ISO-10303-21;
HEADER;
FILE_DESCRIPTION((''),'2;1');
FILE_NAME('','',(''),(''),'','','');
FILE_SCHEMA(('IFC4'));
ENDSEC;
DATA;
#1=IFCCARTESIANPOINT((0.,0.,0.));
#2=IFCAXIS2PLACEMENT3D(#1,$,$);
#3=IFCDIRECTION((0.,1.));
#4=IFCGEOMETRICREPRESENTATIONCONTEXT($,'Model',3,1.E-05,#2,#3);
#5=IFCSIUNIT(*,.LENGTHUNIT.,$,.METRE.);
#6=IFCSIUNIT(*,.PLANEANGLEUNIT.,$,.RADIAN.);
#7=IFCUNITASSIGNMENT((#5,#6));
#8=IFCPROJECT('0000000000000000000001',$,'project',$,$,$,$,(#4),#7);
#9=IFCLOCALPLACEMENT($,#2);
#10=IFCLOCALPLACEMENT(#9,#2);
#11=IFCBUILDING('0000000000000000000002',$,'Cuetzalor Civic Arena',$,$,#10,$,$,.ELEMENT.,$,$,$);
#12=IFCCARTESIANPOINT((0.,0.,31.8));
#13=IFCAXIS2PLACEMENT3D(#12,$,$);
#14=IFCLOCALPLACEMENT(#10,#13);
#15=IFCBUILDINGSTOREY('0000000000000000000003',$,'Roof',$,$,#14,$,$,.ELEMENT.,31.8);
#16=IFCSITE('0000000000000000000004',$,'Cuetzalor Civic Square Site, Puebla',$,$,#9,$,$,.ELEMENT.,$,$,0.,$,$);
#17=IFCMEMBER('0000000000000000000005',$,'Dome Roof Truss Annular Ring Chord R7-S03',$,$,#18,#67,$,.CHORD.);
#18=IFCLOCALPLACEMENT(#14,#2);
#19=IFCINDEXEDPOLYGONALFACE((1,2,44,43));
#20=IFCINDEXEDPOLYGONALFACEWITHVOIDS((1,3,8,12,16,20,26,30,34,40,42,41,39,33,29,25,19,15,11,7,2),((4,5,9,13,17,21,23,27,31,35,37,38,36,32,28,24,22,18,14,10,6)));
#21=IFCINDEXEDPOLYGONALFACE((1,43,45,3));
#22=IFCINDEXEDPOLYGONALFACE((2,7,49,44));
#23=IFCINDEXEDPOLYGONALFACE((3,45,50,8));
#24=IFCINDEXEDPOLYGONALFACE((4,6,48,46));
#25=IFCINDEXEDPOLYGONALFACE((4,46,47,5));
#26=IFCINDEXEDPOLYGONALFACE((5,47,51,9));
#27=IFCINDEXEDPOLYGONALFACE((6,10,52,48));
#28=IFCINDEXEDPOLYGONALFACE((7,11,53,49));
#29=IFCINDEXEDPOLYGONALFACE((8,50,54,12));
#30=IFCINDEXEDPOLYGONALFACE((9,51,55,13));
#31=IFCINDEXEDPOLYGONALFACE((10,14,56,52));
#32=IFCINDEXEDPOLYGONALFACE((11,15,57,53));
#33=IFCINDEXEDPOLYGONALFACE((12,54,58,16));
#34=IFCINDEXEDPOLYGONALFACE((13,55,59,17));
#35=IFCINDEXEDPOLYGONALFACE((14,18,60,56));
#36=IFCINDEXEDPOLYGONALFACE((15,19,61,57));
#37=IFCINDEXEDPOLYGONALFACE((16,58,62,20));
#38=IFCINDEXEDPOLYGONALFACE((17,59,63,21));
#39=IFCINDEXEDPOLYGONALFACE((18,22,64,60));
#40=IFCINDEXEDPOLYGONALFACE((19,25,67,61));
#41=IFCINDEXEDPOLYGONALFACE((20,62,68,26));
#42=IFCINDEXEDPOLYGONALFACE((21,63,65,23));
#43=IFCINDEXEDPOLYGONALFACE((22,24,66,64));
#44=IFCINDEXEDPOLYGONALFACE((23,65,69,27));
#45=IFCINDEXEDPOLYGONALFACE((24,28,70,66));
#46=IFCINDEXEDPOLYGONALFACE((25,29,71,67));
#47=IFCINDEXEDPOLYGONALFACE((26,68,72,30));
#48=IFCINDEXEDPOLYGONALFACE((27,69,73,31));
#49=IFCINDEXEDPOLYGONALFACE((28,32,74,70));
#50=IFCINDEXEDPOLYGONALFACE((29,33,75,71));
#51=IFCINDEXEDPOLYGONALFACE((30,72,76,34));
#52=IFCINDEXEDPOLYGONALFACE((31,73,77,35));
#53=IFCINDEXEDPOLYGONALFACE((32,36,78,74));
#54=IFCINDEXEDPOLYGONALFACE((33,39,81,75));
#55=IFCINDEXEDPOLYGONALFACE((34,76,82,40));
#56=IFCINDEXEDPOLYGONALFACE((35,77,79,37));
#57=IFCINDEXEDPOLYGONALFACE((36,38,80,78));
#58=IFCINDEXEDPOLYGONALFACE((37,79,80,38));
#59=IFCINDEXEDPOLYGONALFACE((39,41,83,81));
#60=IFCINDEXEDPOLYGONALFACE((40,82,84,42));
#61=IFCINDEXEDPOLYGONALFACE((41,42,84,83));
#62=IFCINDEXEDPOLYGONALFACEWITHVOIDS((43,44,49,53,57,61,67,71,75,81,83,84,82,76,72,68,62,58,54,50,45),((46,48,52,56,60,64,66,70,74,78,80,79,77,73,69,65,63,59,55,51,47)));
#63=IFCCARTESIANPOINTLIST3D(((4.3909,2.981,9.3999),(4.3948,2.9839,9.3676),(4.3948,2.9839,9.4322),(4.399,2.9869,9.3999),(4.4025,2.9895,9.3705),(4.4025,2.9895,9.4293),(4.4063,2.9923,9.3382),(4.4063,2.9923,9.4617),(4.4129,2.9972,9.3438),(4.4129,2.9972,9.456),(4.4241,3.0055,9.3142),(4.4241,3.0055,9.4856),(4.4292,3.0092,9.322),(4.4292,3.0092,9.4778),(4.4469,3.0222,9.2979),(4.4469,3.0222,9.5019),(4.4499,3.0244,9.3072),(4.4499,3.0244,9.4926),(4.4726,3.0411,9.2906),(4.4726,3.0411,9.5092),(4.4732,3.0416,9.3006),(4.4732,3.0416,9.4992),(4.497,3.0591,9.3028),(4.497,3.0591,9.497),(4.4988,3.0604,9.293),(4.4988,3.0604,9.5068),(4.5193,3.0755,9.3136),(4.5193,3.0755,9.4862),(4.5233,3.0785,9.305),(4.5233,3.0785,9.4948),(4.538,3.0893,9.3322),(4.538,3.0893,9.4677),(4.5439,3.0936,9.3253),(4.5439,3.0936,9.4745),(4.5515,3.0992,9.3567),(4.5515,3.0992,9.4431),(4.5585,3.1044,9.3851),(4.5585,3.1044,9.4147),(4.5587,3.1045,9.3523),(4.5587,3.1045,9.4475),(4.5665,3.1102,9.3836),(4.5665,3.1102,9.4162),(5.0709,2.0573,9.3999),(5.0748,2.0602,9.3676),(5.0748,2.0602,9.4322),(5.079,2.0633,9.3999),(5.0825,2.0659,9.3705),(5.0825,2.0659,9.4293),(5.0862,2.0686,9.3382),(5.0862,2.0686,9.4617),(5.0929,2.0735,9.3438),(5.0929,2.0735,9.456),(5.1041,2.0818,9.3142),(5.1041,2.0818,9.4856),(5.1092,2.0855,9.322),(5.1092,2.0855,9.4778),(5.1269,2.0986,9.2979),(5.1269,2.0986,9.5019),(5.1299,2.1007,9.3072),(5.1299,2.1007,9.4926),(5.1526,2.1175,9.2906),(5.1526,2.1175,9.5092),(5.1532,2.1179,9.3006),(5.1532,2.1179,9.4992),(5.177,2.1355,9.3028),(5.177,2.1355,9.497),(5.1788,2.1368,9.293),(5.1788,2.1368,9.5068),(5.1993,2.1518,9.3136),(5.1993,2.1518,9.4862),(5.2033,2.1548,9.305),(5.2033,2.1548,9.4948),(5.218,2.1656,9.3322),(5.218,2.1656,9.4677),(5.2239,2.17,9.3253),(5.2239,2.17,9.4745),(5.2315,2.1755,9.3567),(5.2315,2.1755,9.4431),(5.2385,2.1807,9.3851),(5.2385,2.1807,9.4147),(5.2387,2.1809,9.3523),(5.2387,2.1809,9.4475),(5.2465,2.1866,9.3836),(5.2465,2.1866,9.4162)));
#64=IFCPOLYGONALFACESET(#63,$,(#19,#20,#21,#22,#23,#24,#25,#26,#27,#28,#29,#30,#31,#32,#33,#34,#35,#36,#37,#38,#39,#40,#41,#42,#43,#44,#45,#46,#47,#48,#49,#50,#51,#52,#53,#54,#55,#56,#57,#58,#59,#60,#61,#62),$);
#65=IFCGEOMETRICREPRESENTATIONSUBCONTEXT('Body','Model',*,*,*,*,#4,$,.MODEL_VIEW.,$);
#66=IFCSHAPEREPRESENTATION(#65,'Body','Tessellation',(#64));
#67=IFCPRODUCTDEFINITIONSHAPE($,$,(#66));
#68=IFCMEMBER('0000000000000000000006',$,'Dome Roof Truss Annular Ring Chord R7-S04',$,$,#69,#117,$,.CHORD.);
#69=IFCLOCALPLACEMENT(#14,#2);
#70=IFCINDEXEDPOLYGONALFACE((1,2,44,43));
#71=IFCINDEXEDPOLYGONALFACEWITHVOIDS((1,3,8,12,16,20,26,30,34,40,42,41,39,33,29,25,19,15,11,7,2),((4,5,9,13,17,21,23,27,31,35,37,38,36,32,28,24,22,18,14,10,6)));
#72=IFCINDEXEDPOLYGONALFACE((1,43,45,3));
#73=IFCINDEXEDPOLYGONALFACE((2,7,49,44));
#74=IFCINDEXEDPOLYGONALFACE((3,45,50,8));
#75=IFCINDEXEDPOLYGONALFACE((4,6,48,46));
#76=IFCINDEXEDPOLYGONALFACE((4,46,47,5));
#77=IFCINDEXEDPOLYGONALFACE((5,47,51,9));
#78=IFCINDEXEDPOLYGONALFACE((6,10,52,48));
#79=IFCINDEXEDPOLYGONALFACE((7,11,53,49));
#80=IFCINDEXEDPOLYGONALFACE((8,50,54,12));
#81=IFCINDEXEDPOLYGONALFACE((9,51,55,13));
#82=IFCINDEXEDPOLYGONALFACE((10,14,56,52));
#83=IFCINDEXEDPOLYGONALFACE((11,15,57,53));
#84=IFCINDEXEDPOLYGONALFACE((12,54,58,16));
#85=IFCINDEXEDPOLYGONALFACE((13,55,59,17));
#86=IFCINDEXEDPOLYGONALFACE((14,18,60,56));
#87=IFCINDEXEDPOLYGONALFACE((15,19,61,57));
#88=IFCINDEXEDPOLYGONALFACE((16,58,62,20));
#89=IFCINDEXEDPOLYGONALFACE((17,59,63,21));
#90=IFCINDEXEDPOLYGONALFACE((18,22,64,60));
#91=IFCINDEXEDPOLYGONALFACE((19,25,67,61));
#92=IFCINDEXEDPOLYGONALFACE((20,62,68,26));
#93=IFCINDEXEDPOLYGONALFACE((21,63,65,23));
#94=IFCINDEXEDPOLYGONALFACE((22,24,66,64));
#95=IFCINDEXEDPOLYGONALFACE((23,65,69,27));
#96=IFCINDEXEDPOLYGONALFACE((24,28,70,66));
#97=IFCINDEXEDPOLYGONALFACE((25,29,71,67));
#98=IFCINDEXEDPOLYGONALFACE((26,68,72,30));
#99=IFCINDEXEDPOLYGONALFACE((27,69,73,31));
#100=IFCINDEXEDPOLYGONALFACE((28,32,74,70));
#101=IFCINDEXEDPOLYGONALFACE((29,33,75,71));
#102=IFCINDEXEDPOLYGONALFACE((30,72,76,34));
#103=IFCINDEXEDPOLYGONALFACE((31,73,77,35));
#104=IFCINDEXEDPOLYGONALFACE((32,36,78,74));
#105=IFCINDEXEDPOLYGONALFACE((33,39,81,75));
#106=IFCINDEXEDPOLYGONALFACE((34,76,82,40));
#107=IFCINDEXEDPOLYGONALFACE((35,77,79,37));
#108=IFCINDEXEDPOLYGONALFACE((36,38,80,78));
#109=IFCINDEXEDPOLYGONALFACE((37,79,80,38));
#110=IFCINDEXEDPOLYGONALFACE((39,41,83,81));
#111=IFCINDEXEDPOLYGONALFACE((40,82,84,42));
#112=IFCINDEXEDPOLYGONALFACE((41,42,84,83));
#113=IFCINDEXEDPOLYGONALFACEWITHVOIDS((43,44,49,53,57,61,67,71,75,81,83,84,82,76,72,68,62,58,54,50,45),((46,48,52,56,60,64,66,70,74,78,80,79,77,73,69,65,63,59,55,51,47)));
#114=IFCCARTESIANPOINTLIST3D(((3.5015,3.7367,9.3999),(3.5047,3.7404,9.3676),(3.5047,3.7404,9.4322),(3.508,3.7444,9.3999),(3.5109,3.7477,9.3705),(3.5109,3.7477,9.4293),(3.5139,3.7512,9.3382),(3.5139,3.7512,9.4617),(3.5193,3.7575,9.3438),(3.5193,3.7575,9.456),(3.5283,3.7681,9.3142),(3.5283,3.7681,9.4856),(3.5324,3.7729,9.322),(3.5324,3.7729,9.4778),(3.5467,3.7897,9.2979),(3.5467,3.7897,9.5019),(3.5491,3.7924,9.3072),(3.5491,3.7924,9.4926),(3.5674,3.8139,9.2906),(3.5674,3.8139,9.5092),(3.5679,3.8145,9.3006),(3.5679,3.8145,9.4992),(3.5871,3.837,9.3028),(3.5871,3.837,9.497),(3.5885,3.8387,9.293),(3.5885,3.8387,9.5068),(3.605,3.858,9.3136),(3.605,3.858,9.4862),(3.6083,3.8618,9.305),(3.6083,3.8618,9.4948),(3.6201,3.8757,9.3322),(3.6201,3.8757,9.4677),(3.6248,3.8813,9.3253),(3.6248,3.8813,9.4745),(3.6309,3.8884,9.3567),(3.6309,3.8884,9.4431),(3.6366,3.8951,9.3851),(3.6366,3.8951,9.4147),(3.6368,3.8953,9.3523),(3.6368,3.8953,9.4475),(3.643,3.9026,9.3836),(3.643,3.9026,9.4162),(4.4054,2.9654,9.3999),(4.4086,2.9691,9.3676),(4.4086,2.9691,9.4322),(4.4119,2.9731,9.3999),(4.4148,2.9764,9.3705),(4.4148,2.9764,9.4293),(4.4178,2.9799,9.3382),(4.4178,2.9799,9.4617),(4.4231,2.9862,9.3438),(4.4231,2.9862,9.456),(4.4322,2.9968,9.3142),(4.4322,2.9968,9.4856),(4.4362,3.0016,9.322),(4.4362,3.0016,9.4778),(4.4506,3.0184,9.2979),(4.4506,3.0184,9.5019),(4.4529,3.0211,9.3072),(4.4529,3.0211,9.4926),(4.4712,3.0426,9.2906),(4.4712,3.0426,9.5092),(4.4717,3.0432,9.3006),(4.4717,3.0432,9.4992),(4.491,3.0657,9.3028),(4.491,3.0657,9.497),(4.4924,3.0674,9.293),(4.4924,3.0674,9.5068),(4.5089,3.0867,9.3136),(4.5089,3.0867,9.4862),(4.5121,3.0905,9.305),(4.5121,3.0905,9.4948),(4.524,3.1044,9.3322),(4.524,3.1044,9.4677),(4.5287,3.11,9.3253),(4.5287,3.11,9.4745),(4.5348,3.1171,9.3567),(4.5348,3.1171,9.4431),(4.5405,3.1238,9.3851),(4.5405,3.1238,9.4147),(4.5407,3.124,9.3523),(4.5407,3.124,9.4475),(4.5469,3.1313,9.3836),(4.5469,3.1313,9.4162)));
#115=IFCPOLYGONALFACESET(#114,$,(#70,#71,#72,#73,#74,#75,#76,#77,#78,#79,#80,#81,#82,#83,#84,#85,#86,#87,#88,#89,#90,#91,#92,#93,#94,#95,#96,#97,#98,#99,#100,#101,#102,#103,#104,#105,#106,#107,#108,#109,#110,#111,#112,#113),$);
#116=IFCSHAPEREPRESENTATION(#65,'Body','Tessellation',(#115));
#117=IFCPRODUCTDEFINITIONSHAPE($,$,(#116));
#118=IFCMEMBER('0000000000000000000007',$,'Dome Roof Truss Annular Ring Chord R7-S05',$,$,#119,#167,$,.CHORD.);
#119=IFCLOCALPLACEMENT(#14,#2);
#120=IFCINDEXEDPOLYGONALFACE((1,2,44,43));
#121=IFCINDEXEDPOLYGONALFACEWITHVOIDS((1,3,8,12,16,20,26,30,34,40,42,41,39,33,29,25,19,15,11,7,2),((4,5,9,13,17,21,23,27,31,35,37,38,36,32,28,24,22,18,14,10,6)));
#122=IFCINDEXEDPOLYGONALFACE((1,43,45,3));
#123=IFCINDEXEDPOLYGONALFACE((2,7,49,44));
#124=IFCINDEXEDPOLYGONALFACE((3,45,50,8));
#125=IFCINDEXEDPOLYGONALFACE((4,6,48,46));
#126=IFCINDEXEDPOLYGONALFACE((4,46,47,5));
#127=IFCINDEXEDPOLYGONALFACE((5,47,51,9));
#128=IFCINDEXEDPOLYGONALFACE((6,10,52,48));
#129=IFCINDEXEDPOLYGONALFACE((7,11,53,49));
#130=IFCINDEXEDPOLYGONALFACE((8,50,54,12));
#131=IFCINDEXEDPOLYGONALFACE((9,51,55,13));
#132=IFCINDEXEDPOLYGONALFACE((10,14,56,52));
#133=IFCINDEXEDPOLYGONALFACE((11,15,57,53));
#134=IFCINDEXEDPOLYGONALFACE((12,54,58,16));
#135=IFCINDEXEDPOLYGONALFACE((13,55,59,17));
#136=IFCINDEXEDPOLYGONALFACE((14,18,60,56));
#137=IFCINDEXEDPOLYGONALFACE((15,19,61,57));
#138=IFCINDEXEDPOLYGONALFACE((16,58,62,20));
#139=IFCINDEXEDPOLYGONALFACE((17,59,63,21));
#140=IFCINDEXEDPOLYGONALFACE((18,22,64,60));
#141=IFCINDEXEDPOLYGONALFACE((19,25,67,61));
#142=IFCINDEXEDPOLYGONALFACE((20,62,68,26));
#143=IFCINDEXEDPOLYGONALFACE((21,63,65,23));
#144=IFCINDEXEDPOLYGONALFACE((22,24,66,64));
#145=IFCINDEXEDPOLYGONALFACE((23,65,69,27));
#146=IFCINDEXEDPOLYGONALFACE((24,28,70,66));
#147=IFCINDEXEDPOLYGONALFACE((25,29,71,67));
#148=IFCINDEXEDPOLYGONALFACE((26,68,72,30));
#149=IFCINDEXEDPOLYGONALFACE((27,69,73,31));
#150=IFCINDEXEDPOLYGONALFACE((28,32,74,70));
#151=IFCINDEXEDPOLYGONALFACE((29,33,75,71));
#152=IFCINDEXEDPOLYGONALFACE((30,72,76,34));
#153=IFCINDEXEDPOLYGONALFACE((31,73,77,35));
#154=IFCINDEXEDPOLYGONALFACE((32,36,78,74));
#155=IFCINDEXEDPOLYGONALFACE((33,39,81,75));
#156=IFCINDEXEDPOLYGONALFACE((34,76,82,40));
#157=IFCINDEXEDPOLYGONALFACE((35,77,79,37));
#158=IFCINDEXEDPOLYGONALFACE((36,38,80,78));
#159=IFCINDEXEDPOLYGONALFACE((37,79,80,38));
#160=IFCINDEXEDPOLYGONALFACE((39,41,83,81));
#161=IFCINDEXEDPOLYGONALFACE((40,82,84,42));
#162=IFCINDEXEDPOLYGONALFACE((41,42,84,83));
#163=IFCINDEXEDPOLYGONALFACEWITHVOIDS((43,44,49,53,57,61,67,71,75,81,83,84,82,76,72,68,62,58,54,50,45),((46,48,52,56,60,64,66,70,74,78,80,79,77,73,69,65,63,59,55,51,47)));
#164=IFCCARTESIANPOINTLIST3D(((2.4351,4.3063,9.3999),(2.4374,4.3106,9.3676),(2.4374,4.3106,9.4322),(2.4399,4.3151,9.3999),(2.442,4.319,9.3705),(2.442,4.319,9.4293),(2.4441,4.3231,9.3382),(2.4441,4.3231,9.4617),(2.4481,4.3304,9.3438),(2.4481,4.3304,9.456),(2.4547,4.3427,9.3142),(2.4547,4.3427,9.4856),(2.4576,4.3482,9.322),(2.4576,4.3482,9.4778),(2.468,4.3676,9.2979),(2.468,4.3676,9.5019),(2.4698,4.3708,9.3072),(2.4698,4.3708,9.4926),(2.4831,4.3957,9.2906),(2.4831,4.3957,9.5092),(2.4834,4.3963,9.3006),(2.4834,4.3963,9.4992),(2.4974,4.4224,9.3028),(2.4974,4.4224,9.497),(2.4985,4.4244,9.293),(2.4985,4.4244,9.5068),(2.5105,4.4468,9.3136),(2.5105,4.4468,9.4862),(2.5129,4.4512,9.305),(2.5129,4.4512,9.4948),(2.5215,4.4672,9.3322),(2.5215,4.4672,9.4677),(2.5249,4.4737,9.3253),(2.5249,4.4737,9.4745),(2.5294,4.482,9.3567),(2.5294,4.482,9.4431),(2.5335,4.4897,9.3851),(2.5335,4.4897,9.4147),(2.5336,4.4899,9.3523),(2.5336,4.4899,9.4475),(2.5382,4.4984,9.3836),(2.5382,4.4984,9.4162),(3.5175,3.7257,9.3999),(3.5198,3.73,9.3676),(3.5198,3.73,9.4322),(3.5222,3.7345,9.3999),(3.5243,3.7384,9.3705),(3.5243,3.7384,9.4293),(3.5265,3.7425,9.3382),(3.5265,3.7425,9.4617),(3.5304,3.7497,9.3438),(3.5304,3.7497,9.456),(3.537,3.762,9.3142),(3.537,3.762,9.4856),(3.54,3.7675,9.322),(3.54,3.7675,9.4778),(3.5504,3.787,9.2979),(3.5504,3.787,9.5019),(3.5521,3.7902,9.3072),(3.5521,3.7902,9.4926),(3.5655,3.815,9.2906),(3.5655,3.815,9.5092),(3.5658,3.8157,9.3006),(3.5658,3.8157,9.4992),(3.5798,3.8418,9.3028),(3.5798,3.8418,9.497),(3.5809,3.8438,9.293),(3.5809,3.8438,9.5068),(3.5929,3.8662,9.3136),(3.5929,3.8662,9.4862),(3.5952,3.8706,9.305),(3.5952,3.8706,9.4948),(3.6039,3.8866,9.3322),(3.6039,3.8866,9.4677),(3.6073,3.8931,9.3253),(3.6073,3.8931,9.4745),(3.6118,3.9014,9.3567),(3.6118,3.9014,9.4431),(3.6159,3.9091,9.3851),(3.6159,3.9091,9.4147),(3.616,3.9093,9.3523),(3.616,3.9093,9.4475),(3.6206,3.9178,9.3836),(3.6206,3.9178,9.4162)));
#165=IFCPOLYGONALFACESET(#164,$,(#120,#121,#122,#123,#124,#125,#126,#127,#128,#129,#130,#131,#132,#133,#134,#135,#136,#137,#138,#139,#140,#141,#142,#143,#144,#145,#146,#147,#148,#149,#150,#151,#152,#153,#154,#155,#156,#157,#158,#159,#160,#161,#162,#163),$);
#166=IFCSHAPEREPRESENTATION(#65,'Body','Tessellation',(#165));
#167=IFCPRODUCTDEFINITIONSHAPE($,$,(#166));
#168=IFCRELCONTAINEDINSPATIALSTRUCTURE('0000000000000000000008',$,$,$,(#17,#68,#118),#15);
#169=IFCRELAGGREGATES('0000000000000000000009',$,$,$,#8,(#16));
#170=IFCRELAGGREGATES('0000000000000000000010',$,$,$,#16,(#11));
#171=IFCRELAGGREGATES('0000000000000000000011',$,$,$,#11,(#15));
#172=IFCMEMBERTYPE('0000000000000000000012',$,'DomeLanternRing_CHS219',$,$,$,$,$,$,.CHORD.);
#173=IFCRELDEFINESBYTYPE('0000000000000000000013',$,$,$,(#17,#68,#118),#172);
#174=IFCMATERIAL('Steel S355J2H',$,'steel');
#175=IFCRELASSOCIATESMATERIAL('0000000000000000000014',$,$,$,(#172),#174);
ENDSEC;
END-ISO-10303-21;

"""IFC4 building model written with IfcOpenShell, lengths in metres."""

from ifc_helpers import new_model, si_unit, direction, frame, origin, origin_2d, place, context, subcontext, project, spatial, hollow_circle, extrude, material, material_profile, profile_set, type_object, element, save


model = new_model("IFC4")

# Units and contexts
model_context = context("Model", 3, precision=1e-05, world=origin(), true_north=direction((0.0, 1.0)))
body_context = subcontext(model_context, "Body", "Model", "MODEL_VIEW")
ifc_project = project(units=[si_unit("LENGTHUNIT", "METRE"), si_unit("PLANEANGLEUNIT", "RADIAN")], contexts=[model_context])

# Site, building, storey
site_placement = place(None, origin())
site = spatial("IfcSite", under=ifc_project, at=site_placement, Name="Cuetzalor Civic Square Site, Puebla", CompositionType="ELEMENT", RefElevation=0.0)
building_placement = place(site_placement, origin())
building = spatial("IfcBuilding", under=site, at=building_placement, Name="Cuetzalor Civic Arena", CompositionType="ELEMENT")
storey_placement = place(building_placement, frame((0.0, 0.0, 31.8)))
storey = spatial("IfcBuildingStorey", under=building, at=storey_placement, Name="Roof", CompositionType="ELEMENT", Elevation=31.8)

# Members
ifc_material_1 = material(Name="Steel S355J2H", Category="steel")
ifc_material_profile_1 = material_profile(ifc_material_1, hollow_circle(Radius=0.1096, WallThickness=0.01, at=origin_2d()), Name="CHS 219.1x10")
ifc_profile_set_1 = profile_set([ifc_material_profile_1], Name="Steel S355J2H")
member_type_1 = type_object("IfcMemberType", Name="DomeLanternRing_CHS219", PredefinedType="CHORD", material=ifc_profile_set_1)
member_1_placement = place(storey_placement, frame((5.1592, 2.1223, 9.3999), z_axis=(-0.592858, 0.805307, 0.0), x_axis=(-0.805307, -0.592858, 0.0)))
element("IfcMember", 1, at=member_1_placement, inside=storey, type_object=member_type_1, Name="Dome Roof Truss Annular Ring Chord R7-S03", PredefinedType="CHORD", context=body_context, shape_type="SweptSolid", body=[
    extrude(hollow_circle(Radius=0.1096, WallThickness=0.01, at=origin_2d()), origin(), (0.0, 0.0, 1.0), 1.147),
])
member_2_placement = place(storey_placement, frame((4.4766, 3.0488, 9.3999), z_axis=(-0.760691, 0.649115, 0.0), x_axis=(-0.649115, -0.760691, 0.0)))
element("IfcMember", 2, at=member_2_placement, inside=storey, type_object=member_type_1, Name="Dome Roof Truss Annular Ring Chord R7-S04", PredefinedType="CHORD", context=body_context, shape_type="SweptSolid", body=[
    extrude(hollow_circle(Radius=0.1096, WallThickness=0.01, at=origin_2d()), origin(), (0.0, 0.0, 1.0), 1.1882),
])
member_3_placement = place(storey_placement, frame((3.5693, 3.8223, 9.3999), z_axis=(-0.881217, 0.472712, 0.0), x_axis=(-0.472712, -0.881217, 0.0)))
element("IfcMember", 3, at=member_3_placement, inside=storey, type_object=member_type_1, Name="Dome Roof Truss Annular Ring Chord R7-S05", PredefinedType="CHORD", context=body_context, shape_type="SweptSolid", body=[
    extrude(hollow_circle(Radius=0.1096, WallThickness=0.01, at=origin_2d()), origin(), (0.0, 0.0, 1.0), 1.2283),
])

save(model, "model.ifc")
